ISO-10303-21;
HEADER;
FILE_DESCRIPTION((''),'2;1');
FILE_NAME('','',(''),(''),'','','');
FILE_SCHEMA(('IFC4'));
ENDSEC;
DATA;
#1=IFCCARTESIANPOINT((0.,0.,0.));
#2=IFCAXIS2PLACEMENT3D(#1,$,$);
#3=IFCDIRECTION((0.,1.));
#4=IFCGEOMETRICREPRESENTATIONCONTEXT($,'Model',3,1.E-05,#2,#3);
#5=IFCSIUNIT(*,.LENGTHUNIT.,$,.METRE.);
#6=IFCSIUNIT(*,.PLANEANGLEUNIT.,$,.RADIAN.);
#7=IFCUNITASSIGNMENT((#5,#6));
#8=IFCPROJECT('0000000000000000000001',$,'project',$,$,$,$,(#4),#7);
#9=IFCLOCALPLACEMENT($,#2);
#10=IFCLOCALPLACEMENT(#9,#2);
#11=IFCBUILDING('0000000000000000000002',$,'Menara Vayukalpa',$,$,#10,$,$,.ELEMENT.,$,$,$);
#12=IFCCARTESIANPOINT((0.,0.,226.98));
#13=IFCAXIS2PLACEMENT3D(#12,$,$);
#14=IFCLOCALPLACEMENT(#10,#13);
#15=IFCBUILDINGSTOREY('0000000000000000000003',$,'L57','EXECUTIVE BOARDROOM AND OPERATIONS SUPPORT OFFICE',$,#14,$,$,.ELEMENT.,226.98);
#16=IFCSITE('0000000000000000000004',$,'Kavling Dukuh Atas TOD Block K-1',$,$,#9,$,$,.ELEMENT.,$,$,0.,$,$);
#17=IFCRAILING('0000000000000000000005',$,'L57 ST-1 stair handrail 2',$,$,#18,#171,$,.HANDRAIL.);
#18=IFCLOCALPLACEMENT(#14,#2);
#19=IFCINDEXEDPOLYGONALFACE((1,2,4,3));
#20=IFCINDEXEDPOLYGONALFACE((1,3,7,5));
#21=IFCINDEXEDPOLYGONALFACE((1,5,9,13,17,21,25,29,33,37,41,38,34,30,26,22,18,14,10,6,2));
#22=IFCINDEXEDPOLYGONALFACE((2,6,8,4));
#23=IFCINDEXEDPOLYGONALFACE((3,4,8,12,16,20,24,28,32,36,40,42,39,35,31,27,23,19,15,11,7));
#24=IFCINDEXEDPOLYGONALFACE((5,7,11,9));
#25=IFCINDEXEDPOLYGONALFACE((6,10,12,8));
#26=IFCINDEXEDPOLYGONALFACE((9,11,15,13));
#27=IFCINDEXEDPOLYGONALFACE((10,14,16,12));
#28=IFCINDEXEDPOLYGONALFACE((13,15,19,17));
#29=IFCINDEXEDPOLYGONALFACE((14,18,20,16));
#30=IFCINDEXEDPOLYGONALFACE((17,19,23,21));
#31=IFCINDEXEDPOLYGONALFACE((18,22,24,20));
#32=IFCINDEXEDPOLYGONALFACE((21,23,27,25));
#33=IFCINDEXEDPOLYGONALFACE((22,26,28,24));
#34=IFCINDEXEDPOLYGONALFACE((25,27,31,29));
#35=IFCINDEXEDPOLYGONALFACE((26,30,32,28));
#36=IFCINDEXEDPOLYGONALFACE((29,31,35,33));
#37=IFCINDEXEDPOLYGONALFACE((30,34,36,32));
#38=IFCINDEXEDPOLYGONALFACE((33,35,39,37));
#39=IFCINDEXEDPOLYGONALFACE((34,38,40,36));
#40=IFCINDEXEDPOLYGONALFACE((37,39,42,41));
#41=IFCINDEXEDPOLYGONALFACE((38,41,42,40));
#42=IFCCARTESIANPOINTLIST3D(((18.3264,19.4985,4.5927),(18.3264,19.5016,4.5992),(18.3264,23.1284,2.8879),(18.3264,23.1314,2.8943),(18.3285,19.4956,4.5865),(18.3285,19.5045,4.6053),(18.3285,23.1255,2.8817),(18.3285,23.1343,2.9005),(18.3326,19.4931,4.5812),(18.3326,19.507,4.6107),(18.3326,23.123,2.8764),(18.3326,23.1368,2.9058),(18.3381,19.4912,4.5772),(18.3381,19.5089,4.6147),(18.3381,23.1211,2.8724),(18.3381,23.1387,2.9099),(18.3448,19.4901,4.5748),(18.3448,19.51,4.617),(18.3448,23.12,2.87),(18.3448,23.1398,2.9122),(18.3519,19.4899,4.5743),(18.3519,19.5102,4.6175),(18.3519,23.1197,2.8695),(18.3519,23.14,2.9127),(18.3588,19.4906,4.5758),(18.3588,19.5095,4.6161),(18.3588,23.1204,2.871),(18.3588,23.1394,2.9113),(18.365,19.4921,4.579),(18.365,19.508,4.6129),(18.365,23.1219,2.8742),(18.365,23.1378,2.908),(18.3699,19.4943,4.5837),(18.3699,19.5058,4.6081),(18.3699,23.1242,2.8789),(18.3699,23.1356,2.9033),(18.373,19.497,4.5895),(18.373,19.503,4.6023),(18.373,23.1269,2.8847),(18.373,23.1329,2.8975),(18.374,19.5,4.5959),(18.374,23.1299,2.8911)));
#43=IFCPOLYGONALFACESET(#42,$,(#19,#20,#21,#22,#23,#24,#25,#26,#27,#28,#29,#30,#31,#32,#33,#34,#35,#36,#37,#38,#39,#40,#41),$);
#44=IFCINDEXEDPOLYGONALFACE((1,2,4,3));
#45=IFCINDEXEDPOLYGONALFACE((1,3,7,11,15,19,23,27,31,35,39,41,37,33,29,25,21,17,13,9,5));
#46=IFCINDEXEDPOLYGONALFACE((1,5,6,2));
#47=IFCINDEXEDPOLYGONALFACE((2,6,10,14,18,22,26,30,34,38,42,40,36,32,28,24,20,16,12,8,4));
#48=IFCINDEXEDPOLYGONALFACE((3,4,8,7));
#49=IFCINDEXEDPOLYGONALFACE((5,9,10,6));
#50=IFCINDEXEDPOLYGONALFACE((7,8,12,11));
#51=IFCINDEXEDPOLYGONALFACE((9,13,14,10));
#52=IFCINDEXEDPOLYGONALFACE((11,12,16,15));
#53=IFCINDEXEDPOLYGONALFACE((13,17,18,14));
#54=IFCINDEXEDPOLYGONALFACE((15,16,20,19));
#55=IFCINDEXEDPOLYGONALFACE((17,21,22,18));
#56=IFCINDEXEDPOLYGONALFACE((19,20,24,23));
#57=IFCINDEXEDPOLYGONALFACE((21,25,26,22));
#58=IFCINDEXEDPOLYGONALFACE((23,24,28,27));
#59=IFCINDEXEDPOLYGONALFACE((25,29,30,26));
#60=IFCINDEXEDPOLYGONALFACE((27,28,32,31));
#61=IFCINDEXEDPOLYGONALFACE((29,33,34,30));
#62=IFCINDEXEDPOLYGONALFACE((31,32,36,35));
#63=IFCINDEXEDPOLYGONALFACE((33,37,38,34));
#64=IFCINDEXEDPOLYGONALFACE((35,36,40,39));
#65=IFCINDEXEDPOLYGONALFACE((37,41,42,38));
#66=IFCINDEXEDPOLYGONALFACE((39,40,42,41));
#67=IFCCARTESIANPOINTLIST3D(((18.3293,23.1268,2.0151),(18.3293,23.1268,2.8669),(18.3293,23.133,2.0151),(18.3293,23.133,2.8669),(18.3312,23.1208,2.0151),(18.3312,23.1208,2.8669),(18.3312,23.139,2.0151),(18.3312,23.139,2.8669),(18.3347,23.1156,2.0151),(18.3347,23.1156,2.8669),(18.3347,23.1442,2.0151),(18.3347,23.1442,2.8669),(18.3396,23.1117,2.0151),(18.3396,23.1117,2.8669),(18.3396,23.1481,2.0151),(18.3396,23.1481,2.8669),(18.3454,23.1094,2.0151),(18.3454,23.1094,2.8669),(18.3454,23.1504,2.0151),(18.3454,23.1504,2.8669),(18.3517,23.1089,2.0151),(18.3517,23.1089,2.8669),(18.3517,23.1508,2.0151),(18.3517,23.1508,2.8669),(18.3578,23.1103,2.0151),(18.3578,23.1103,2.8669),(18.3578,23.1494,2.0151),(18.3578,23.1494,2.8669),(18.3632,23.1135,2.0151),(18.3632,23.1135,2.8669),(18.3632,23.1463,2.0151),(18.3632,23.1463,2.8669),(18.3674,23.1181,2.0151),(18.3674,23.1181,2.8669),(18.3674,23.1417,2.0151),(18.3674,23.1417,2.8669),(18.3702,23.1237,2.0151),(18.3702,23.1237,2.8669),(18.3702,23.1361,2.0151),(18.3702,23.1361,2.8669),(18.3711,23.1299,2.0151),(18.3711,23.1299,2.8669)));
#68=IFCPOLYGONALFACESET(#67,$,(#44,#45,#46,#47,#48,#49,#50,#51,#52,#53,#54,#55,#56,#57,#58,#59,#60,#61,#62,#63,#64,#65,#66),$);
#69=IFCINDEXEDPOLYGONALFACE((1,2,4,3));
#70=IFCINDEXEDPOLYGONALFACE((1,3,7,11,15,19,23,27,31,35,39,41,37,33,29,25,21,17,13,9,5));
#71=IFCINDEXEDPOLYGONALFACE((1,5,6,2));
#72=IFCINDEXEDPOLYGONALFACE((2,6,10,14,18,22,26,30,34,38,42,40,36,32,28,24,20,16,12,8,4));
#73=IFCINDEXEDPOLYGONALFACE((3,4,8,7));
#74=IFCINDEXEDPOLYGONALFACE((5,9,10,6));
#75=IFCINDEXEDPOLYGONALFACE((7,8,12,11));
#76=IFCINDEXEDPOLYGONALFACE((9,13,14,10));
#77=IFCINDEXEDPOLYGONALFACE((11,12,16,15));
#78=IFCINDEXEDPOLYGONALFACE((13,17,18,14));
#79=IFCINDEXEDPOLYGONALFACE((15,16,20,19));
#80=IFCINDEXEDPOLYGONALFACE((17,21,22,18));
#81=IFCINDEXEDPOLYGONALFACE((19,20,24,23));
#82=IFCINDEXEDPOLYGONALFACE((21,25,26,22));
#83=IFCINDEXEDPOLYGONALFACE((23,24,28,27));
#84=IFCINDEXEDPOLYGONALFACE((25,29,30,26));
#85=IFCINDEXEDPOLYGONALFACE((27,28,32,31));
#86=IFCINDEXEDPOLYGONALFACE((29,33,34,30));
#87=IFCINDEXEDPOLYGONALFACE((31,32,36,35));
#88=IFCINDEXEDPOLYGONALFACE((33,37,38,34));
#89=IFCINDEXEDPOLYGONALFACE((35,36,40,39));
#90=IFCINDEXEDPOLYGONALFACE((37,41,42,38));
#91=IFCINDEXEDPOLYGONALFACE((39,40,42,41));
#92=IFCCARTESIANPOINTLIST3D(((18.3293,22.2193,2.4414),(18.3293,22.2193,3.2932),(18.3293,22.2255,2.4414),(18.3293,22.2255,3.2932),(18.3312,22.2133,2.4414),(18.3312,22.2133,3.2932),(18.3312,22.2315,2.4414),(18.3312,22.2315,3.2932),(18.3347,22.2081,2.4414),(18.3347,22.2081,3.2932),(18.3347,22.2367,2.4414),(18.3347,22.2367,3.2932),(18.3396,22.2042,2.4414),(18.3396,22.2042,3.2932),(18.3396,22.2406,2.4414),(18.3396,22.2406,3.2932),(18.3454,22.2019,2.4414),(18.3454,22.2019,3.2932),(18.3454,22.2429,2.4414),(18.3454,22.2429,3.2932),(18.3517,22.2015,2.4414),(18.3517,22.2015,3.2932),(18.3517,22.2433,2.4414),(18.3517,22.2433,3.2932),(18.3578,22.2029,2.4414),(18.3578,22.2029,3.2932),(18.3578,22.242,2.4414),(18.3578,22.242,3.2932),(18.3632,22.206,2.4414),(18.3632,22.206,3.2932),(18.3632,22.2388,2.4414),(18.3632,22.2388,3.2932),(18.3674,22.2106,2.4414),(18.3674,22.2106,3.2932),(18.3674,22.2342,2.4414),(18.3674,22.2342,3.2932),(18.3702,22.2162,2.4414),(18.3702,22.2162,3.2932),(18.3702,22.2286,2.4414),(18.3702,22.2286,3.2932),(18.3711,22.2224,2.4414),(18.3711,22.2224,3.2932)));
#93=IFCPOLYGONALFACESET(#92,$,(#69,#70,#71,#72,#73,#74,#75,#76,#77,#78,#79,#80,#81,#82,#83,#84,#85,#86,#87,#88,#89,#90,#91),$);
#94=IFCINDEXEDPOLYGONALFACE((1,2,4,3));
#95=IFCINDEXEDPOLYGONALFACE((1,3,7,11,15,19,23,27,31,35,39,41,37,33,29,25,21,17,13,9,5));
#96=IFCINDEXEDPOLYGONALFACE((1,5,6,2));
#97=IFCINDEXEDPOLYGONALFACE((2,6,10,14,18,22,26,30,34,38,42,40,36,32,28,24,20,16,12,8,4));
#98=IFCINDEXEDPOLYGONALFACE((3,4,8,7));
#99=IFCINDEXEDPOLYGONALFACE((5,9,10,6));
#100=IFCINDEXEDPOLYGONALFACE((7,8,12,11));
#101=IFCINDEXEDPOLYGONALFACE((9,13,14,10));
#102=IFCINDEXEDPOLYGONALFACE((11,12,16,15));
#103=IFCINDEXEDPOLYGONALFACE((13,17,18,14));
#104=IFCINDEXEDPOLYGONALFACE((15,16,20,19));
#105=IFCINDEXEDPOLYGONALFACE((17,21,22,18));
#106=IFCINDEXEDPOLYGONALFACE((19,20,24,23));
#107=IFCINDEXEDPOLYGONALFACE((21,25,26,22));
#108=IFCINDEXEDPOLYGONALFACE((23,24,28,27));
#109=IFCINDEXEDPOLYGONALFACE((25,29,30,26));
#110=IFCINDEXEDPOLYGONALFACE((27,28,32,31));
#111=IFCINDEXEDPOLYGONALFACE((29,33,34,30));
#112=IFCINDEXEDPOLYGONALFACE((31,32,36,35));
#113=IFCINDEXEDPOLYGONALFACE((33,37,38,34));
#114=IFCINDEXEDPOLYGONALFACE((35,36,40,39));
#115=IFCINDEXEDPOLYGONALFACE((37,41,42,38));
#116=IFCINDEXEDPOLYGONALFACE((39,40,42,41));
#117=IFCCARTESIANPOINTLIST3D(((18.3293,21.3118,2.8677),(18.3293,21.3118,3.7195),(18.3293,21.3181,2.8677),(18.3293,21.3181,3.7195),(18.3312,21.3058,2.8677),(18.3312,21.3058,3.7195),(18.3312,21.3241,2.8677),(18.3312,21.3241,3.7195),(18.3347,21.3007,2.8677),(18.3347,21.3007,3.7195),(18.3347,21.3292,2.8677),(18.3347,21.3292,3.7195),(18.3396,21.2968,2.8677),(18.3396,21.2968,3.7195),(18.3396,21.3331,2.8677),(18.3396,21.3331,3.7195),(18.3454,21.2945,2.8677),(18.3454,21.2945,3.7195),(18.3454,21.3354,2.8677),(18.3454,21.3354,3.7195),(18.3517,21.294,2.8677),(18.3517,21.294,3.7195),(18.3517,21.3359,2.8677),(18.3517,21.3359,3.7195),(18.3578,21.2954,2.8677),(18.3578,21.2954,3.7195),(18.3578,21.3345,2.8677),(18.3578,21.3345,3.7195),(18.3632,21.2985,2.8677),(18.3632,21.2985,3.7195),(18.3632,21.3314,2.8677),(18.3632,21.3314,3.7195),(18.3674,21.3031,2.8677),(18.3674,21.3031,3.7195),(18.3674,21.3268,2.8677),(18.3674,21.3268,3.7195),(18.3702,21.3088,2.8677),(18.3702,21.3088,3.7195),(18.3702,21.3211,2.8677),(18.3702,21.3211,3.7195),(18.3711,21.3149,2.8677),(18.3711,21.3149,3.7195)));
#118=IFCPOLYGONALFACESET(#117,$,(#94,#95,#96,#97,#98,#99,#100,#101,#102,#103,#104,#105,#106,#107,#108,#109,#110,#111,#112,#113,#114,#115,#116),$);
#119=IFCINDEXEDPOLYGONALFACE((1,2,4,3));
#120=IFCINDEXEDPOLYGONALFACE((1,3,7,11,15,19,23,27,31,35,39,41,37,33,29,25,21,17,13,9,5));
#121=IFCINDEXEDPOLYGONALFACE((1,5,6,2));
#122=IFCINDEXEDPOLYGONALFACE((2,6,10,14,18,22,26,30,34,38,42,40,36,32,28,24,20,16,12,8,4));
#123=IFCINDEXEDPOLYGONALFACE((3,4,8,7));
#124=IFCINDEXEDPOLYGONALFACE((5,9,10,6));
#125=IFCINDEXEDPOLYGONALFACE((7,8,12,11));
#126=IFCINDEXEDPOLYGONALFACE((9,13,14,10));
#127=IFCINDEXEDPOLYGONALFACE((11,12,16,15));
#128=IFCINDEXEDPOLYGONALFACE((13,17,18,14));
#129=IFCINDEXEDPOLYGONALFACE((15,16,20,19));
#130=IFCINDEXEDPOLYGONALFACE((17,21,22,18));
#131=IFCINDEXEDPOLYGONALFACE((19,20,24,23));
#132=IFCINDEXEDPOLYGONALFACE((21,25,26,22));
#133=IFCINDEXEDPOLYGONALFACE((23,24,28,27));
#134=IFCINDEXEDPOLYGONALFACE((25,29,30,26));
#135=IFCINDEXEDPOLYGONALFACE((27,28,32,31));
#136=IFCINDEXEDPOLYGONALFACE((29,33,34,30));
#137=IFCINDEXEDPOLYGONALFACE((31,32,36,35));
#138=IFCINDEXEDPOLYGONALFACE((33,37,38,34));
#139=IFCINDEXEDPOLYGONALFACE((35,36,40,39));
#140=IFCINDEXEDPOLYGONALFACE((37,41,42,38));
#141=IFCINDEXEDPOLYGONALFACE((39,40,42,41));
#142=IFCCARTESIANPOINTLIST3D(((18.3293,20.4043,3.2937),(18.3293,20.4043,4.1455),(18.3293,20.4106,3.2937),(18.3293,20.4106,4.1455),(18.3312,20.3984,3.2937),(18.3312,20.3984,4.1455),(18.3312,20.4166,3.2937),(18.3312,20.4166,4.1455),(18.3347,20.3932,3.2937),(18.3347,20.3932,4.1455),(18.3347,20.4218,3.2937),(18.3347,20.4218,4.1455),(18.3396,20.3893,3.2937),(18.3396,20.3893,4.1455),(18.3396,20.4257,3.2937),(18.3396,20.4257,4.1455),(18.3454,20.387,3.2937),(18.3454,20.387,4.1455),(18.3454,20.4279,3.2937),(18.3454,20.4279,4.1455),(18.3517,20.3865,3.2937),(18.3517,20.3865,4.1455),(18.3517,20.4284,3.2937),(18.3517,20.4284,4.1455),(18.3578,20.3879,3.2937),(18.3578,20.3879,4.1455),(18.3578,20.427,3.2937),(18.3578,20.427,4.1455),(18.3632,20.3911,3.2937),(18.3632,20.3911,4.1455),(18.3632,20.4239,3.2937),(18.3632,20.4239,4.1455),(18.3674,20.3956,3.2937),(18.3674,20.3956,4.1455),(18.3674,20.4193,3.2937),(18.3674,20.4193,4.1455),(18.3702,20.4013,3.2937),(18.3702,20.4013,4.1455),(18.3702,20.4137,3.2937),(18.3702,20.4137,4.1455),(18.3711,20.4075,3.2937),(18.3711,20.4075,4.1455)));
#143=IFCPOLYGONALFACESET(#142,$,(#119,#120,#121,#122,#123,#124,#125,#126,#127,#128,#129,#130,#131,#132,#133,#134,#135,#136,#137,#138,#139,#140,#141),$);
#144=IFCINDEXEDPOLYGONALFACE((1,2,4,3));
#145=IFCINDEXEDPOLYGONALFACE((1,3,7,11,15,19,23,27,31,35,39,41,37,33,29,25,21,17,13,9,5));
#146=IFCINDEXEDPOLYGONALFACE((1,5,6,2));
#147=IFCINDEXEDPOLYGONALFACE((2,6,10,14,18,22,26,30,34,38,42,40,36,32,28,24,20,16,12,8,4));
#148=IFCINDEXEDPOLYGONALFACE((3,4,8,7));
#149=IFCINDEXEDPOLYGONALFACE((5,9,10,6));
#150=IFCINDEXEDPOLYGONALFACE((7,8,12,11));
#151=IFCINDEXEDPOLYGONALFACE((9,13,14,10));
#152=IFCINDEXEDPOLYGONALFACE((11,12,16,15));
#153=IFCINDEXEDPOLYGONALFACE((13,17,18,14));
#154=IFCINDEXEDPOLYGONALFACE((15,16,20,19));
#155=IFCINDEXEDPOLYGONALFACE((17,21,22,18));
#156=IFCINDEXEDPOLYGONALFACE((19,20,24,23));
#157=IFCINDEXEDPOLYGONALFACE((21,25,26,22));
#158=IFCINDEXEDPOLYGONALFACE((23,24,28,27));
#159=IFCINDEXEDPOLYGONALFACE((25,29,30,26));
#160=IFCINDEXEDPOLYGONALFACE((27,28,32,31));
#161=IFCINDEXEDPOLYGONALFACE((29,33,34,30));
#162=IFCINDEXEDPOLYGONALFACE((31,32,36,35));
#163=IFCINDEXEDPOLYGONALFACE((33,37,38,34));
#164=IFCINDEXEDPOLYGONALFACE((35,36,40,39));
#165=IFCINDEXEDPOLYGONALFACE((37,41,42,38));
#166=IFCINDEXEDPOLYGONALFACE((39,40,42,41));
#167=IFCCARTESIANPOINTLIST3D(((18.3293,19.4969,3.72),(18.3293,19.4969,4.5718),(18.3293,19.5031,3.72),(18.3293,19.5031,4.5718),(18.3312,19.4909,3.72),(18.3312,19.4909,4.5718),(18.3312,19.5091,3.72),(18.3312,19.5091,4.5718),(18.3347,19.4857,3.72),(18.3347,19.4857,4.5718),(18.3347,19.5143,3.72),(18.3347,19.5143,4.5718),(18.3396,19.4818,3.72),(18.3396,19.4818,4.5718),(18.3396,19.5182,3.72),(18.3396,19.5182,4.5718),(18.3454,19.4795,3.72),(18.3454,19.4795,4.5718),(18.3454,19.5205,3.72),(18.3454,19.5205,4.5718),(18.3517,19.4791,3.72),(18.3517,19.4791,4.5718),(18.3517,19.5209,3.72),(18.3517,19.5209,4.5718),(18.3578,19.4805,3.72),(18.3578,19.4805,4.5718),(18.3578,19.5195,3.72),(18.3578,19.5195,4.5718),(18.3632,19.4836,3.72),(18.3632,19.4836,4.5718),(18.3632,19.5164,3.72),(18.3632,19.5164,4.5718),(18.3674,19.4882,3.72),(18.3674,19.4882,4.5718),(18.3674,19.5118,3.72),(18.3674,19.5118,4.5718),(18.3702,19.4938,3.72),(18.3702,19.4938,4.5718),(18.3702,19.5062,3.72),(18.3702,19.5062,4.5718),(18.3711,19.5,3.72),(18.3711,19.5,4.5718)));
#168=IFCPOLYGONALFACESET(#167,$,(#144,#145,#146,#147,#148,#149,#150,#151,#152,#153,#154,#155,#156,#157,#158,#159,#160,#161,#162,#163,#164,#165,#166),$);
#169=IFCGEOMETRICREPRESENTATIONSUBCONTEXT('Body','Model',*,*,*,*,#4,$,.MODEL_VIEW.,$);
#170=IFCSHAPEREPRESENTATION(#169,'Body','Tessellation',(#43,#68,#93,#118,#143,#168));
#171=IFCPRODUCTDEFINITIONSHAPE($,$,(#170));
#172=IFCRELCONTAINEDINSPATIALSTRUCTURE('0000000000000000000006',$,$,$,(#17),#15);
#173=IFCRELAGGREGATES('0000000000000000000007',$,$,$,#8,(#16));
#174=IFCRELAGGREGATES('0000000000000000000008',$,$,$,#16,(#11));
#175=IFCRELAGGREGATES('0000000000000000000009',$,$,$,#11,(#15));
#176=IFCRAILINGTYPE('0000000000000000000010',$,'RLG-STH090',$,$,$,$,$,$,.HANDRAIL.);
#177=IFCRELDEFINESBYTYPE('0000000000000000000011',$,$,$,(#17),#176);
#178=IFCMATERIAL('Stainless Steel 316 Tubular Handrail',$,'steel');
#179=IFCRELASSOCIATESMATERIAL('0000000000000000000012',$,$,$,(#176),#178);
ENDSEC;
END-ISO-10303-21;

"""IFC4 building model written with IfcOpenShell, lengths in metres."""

from ifc_helpers import new_model, si_unit, direction, frame, origin, origin_2d, place, context, subcontext, project, spatial, circle, extrude, material, type_object, element, save


model = new_model("IFC4")

# Units and contexts
model_context = context("Model", 3, precision=1e-05, world=origin(), true_north=direction((0.0, 1.0)))
body_context = subcontext(model_context, "Body", "Model", "MODEL_VIEW")
ifc_project = project(units=[si_unit("LENGTHUNIT", "METRE"), si_unit("PLANEANGLEUNIT", "RADIAN")], contexts=[model_context])

# Site, building, storey
site_placement = place(None, origin())
site = spatial("IfcSite", under=ifc_project, at=site_placement, Name="Kavling Dukuh Atas TOD Block K-1", CompositionType="ELEMENT", RefElevation=0.0)
building_placement = place(site_placement, origin())
building = spatial("IfcBuilding", under=site, at=building_placement, Name="Menara Vayukalpa", CompositionType="ELEMENT")
storey_placement = place(building_placement, frame((0.0, 0.0, 226.98)))
storey = spatial("IfcBuildingStorey", under=building, at=storey_placement, Name="L57", Description="EXECUTIVE BOARDROOM AND OPERATIONS SUPPORT OFFICE", CompositionType="ELEMENT", Elevation=226.98)

# Railing
ifc_material_1 = material(Name="Stainless Steel 316 Tubular Handrail", Category="steel")
railing_type_1 = type_object("IfcRailingType", Name="RLG-STH090", PredefinedType="HANDRAIL", material=ifc_material_1)
railing_1_placement = place(storey_placement, frame((18.3501, 23.1299, 2.0151)))
element("IfcRailing", 1, at=railing_1_placement, inside=storey, type_object=railing_type_1, Name="L57 ST-1 stair handrail 2", PredefinedType="HANDRAIL", context=body_context, shape_type="SweptSolid", body=[
    extrude(circle(Radius=0.0239, at=origin_2d()), frame((0.0, 0.0, 0.876), z_axis=(0.0, -0.90514, 0.425114), x_axis=(1.0, 0.0, 0.0)), (0.0, 0.0, 1.0), 4.0103),
    extrude(circle(Radius=0.021, at=origin_2d()), origin(), (0.0, 0.0, 1.0), 0.8518),
    extrude(circle(Radius=0.021, at=origin_2d()), frame((0.0, -0.9075, 0.4263)), (0.0, 0.0, 1.0), 0.8518),
    extrude(circle(Radius=0.021, at=origin_2d()), frame((0.0, -1.8149, 0.8525)), (0.0, 0.0, 1.0), 0.8518),
    extrude(circle(Radius=0.021, at=origin_2d()), frame((0.0, -2.7224, 1.2786)), (0.0, 0.0, 1.0), 0.8518),
    extrude(circle(Radius=0.021, at=origin_2d()), frame((0.0, -3.6299, 1.7048)), (0.0, 0.0, 1.0), 0.8518),
])

save(model, "model.ifc")
